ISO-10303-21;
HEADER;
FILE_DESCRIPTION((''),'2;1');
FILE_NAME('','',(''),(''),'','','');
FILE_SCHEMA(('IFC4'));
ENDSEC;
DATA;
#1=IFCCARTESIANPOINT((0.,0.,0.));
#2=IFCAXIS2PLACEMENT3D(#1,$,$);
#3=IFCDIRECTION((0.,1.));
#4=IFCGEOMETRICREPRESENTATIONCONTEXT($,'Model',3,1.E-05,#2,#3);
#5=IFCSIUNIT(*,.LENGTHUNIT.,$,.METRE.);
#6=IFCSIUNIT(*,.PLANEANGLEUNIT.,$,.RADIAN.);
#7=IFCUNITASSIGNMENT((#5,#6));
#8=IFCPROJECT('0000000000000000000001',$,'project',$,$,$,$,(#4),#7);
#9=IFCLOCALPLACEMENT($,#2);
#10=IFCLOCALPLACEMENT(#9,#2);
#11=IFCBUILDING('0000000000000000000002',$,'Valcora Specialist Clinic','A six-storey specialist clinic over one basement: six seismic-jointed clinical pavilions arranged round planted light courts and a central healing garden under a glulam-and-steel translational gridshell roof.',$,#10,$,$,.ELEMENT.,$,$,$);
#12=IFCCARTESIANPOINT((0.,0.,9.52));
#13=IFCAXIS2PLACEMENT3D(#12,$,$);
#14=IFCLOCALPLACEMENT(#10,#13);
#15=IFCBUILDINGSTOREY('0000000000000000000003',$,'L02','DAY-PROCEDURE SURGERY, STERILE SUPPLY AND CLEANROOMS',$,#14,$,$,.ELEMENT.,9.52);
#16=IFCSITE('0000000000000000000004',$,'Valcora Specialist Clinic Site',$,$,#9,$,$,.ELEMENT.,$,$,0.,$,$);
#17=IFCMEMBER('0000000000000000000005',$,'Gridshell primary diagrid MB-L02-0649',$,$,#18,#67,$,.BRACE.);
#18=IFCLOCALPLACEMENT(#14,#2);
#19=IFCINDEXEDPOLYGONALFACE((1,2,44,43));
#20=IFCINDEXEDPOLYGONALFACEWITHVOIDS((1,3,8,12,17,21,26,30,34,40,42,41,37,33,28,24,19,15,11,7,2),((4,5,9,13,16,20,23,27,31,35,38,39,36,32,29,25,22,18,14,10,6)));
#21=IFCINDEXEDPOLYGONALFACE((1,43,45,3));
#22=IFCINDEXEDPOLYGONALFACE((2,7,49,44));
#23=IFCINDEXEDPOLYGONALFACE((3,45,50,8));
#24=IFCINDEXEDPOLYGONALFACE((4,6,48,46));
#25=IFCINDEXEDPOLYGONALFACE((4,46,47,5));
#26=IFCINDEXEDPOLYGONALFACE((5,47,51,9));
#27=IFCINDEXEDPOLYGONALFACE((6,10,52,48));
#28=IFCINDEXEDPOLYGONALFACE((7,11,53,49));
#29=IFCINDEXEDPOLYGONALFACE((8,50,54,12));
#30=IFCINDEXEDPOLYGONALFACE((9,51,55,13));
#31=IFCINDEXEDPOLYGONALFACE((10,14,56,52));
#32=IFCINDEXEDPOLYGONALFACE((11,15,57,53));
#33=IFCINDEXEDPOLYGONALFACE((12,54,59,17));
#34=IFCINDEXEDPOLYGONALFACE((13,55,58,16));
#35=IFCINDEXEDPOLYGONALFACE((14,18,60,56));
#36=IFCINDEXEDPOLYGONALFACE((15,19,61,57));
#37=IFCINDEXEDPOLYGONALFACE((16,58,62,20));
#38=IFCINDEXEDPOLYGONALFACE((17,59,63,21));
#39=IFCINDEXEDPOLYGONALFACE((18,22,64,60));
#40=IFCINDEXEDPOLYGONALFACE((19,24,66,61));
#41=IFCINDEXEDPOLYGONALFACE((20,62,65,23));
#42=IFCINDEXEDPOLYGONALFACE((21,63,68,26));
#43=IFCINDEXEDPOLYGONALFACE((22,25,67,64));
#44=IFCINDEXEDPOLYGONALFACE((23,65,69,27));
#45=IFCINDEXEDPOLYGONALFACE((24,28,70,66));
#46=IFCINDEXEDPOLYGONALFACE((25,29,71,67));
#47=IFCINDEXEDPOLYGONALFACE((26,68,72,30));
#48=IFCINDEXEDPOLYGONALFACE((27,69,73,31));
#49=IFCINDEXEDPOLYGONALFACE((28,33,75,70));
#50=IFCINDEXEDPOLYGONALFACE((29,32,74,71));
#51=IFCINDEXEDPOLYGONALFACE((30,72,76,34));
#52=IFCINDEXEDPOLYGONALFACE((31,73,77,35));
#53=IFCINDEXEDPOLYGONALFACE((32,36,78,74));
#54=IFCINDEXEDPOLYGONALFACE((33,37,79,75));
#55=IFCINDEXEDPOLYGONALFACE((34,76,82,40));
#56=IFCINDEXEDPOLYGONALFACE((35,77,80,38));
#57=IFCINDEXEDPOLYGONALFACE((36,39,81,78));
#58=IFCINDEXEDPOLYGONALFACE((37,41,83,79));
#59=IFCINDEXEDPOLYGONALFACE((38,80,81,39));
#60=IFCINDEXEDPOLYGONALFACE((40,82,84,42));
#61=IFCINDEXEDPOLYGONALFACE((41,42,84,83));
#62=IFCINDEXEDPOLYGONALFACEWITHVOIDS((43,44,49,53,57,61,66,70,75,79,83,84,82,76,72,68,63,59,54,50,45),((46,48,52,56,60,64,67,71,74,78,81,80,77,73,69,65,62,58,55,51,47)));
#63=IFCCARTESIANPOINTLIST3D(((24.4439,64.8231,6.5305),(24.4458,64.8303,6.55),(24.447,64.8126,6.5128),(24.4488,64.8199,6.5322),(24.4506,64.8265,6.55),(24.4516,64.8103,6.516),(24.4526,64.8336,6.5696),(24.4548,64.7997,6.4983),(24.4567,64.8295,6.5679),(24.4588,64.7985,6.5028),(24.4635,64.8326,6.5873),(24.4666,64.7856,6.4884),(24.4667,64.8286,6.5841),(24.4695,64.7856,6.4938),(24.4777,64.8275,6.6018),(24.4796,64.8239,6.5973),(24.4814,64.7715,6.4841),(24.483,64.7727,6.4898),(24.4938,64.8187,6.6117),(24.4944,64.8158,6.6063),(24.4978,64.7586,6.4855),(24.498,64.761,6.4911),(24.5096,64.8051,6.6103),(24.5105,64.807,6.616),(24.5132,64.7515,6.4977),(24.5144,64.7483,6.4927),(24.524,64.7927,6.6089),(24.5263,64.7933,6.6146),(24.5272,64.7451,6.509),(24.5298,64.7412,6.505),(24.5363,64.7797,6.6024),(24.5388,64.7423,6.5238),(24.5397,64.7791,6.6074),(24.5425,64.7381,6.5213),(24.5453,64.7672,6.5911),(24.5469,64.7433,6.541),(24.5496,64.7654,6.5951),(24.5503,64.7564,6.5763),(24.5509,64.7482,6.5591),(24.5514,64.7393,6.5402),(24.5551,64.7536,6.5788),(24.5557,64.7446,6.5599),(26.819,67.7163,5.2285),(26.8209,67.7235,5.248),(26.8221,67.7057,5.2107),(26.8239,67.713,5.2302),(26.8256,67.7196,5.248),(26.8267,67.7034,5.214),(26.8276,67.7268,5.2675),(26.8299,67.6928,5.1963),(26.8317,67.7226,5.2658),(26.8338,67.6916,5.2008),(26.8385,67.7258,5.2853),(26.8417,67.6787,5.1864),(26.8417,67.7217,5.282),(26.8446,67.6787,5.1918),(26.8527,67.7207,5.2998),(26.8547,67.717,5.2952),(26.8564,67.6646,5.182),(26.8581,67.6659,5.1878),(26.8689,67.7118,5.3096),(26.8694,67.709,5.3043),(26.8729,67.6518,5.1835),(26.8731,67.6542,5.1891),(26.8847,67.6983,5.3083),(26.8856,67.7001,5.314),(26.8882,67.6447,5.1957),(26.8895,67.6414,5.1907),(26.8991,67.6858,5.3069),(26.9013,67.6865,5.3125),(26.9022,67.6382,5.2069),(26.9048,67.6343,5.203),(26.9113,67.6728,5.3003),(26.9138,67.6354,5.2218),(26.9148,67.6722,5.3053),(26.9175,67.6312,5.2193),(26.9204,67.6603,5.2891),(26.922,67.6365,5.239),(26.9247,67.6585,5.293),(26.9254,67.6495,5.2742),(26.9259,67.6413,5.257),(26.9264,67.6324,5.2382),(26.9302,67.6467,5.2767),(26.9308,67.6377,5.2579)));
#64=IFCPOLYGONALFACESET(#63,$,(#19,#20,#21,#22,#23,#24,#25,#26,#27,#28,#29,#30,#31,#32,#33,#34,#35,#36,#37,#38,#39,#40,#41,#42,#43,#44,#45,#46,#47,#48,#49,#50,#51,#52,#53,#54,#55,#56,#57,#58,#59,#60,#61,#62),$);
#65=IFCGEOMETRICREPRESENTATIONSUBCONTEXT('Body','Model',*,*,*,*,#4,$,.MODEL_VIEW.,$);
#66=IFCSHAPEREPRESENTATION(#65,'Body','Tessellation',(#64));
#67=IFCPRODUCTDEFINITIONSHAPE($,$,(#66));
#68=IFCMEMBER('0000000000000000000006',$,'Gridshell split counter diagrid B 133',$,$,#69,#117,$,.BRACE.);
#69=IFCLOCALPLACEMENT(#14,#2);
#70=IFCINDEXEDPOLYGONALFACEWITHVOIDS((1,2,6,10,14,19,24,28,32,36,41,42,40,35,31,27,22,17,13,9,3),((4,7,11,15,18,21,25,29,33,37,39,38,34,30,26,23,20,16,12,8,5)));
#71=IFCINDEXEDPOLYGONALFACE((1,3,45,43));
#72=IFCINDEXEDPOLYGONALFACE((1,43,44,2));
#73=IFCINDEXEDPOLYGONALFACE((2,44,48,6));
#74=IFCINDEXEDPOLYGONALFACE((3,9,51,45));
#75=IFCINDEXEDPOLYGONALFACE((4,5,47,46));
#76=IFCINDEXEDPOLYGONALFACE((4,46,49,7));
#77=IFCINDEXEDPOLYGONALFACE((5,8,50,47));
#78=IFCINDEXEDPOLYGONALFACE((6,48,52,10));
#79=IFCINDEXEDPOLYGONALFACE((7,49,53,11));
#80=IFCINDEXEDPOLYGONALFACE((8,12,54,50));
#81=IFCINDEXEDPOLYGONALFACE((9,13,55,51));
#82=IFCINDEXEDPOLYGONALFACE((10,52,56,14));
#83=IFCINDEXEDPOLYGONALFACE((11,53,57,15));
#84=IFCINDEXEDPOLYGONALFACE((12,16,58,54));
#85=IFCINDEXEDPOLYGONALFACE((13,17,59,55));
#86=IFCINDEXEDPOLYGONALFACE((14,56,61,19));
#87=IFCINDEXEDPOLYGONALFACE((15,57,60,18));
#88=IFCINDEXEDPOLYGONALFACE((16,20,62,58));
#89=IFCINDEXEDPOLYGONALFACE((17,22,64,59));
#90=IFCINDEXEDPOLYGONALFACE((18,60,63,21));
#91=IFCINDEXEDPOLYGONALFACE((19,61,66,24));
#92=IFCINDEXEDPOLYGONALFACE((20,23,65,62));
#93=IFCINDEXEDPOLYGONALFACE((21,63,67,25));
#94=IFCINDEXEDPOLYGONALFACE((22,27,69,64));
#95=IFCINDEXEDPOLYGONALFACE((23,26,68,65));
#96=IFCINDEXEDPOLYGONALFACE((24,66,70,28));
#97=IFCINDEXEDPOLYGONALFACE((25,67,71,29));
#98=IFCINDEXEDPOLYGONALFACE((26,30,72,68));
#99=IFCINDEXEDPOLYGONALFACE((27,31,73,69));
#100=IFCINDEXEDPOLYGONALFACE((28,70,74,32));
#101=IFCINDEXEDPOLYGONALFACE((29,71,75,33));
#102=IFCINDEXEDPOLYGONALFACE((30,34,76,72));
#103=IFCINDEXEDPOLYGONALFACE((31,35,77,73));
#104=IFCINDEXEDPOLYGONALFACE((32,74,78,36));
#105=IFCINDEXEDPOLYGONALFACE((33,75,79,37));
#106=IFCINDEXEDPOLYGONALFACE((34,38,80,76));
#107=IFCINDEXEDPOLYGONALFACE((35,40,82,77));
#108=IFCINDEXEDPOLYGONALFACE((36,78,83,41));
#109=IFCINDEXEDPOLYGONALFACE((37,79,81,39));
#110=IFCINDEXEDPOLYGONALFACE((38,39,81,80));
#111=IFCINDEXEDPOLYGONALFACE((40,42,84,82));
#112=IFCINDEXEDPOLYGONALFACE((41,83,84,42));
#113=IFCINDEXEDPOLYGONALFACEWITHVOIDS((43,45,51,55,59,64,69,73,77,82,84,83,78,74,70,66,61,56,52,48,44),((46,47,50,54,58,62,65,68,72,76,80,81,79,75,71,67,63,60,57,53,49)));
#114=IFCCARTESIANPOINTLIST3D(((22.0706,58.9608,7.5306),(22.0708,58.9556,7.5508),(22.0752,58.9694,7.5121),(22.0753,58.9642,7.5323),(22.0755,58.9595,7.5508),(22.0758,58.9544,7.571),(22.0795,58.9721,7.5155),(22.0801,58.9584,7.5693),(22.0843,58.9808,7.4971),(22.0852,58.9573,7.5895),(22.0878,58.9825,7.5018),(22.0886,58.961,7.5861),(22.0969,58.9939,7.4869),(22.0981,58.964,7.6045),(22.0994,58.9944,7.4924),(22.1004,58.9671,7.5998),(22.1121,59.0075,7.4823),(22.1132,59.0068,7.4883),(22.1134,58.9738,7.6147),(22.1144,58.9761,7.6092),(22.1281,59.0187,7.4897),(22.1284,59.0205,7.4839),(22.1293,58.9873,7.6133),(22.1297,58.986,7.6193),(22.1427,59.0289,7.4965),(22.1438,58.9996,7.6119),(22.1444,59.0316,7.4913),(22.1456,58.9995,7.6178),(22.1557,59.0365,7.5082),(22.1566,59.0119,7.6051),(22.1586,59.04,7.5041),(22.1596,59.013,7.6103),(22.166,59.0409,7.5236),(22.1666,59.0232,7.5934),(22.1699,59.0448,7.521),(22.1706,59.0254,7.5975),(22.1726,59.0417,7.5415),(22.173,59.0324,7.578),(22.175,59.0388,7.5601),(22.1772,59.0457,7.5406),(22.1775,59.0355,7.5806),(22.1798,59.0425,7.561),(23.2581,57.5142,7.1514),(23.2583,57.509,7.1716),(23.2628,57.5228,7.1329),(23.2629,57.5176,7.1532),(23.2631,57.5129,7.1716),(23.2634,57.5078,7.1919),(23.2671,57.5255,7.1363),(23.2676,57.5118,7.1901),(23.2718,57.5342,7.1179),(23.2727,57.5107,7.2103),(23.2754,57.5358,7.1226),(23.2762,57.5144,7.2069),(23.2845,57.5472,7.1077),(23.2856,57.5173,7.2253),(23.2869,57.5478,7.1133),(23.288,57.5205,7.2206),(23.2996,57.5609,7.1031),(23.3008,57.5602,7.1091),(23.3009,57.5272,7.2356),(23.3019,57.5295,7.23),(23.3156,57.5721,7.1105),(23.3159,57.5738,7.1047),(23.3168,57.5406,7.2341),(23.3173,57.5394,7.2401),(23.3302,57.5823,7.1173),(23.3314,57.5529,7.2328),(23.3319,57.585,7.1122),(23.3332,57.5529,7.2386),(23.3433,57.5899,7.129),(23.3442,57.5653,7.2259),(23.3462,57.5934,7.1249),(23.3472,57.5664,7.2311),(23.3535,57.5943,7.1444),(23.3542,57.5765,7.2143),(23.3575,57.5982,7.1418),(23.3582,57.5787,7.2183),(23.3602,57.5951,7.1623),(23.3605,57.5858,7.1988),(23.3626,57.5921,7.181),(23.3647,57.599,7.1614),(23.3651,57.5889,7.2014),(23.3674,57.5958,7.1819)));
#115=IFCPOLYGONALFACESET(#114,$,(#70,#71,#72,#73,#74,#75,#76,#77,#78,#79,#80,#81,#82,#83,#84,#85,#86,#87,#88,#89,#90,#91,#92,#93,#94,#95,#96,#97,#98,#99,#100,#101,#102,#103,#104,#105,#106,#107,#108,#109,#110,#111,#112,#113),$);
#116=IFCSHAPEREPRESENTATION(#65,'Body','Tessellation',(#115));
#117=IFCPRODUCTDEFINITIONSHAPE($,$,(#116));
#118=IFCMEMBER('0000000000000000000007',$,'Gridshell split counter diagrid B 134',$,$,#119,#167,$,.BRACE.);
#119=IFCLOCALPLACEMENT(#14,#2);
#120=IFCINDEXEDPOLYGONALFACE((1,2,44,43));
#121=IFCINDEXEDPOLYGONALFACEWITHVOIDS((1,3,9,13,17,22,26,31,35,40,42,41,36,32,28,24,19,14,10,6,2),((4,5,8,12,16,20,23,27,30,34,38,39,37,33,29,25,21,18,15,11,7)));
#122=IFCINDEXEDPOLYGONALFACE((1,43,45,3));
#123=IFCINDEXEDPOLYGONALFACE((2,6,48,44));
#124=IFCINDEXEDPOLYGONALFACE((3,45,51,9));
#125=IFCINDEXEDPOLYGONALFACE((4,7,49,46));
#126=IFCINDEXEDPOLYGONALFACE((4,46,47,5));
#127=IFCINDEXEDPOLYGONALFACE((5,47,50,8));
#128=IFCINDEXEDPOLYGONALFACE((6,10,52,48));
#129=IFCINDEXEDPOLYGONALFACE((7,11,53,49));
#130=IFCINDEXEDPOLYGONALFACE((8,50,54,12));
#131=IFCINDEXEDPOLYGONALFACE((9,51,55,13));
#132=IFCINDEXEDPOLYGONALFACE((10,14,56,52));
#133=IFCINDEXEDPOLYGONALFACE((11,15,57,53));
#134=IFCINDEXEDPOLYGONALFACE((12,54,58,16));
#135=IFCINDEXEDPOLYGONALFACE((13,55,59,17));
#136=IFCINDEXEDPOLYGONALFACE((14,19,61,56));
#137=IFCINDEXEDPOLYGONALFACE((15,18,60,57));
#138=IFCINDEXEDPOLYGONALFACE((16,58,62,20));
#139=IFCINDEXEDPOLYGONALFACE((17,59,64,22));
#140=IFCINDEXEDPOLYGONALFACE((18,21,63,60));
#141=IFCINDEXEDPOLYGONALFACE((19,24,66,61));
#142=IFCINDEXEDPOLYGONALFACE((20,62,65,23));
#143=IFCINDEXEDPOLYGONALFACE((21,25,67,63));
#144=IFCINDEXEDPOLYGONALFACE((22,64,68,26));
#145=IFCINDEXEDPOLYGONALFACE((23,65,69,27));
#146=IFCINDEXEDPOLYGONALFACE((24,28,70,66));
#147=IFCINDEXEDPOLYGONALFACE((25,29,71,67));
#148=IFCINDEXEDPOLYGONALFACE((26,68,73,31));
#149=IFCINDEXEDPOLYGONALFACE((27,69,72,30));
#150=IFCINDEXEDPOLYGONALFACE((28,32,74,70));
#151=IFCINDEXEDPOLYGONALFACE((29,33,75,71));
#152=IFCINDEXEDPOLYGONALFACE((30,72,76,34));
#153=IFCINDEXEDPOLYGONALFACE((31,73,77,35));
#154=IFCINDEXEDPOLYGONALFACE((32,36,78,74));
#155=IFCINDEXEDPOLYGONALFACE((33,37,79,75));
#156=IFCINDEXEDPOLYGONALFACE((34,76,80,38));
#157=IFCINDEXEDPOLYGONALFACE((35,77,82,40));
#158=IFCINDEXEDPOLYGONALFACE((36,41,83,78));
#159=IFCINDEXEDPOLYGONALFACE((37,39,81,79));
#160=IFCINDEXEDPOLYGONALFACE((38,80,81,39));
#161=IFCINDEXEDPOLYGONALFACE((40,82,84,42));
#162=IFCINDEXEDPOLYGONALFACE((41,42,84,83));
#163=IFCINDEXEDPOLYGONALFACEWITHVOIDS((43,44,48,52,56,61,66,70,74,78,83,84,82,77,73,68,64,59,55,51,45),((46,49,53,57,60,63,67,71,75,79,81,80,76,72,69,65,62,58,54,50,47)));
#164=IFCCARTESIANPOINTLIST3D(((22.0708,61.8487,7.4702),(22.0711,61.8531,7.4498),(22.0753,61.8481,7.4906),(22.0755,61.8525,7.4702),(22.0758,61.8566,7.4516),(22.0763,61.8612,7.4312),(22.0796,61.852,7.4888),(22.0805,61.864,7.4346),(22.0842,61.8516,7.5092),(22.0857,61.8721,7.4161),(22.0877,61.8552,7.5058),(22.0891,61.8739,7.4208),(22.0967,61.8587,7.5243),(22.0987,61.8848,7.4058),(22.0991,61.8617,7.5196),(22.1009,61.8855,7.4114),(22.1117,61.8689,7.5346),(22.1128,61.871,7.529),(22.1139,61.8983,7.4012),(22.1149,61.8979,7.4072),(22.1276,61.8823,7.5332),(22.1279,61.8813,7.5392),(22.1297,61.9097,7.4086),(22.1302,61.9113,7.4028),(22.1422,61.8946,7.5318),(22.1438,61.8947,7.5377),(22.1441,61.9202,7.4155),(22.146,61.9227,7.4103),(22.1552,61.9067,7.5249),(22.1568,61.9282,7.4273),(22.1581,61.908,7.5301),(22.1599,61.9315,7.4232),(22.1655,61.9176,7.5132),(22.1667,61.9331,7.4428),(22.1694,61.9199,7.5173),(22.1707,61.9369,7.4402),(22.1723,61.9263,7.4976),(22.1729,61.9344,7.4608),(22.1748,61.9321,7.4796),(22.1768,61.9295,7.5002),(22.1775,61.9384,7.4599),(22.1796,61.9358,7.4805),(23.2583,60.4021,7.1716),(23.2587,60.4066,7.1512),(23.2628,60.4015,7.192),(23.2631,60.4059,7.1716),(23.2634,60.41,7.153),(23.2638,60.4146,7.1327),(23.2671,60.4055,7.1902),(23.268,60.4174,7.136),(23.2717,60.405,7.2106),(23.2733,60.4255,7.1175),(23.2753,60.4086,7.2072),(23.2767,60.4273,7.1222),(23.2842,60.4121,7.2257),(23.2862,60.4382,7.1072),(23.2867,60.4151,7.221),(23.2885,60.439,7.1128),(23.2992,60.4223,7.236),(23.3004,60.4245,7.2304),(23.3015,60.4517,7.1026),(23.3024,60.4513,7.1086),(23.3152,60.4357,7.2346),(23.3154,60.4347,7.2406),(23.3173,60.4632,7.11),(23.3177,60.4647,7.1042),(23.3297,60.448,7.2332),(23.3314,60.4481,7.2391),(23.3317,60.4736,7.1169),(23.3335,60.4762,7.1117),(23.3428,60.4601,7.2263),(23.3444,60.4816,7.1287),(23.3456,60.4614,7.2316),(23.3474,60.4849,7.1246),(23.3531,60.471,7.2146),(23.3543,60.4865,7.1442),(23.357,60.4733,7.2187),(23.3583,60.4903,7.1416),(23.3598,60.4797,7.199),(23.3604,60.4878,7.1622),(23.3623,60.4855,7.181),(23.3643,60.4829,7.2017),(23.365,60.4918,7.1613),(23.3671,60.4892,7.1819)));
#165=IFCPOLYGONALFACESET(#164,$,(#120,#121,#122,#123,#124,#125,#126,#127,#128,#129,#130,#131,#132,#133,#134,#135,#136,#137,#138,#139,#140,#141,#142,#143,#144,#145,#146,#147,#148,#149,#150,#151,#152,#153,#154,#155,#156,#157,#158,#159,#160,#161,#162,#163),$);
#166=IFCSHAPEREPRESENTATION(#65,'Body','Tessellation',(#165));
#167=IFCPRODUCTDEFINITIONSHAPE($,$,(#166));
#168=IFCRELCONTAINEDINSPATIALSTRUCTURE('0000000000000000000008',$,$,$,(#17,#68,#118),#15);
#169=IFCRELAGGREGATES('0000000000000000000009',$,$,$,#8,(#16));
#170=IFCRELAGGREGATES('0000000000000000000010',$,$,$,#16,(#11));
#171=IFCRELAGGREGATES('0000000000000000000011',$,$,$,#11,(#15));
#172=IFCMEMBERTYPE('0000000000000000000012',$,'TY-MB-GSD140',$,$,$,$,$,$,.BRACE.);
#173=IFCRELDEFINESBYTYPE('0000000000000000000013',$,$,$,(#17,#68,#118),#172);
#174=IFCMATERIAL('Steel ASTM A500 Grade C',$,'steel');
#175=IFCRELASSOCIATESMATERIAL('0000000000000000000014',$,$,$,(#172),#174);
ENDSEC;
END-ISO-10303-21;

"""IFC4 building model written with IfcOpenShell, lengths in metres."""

from ifc_helpers import new_model, si_unit, direction, frame, origin, origin_2d, place, context, subcontext, project, spatial, hollow_circle, extrude, material, material_profile, profile_set, type_object, element, save


model = new_model("IFC4")

# Units and contexts
model_context = context("Model", 3, precision=1e-05, world=origin(), true_north=direction((0.0, 1.0)))
body_context = subcontext(model_context, "Body", "Model", "MODEL_VIEW")
ifc_project = project(units=[si_unit("LENGTHUNIT", "METRE"), si_unit("PLANEANGLEUNIT", "RADIAN")], contexts=[model_context])

# Site, building, storey
site_placement = place(None, origin())
site = spatial("IfcSite", under=ifc_project, at=site_placement, Name="Valcora Specialist Clinic Site", CompositionType="ELEMENT", RefElevation=0.0)
building_placement = place(site_placement, origin())
building = spatial("IfcBuilding", under=site, at=building_placement, Name="Valcora Specialist Clinic", Description="A six-storey specialist clinic over one basement: six seismic-jointed clinical pavilions arranged round planted light courts and a central healing garden under a glulam-and-steel translational gridshell roof.", CompositionType="ELEMENT")
storey_placement = place(building_placement, frame((0.0, 0.0, 9.52)))
storey = spatial("IfcBuildingStorey", under=building, at=storey_placement, Name="L02", Description="DAY-PROCEDURE SURGERY, STERILE SUPPLY AND CLEANROOMS", CompositionType="ELEMENT", Elevation=9.52)

# Members
ifc_material_1 = material(Name="Steel ASTM A500 Grade C", Category="steel")
ifc_material_profile_1 = material_profile(ifc_material_1, hollow_circle(Radius=0.0701, WallThickness=0.0061, at=origin_2d()), Name="ST-CHS-140X6")
ifc_profile_set_1 = profile_set([ifc_material_profile_1], Name="Steel ASTM A500 Grade C")
member_type_1 = type_object("IfcMemberType", Name="TY-MB-GSD140", PredefinedType="BRACE", material=ifc_profile_set_1)
member_1_placement = place(storey_placement, frame((24.5, 64.7859, 6.55), z_axis=(0.599288, 0.730012, -0.328536), x_axis=(-0.772916, 0.634508, 0.0)))
element("IfcMember", 1, at=member_1_placement, inside=storey, type_object=member_type_1, Name="Gridshell primary diagrid MB-L02-0649", PredefinedType="BRACE", context=body_context, shape_type="SweptSolid", body=[
    extrude(hollow_circle(Radius=0.0701, WallThickness=0.0061, at=origin_2d()), origin(), (0.0, 0.0, 1.0), 3.9631),
])
member_2_placement = place(storey_placement, frame((23.3125, 57.5535, 7.1716), z_axis=(-0.621875, 0.757527, 0.198555), x_axis=(-0.772916, -0.634508, 0.0)))
element("IfcMember", 2, at=member_2_placement, inside=storey, type_object=member_type_1, Name="Gridshell split counter diagrid B 133", PredefinedType="BRACE", context=body_context, shape_type="SweptSolid", body=[
    extrude(hollow_circle(Radius=0.0701, WallThickness=0.0061, at=origin_2d()), origin(), (0.0, 0.0, 1.0), 1.9097),
])
member_3_placement = place(storey_placement, frame((23.3125, 60.4465, 7.1716), z_axis=(-0.626584, 0.763263, 0.157548), x_axis=(-0.772916, -0.634508, 0.0)))
element("IfcMember", 3, at=member_3_placement, inside=storey, type_object=member_type_1, Name="Gridshell split counter diagrid B 134", PredefinedType="BRACE", context=body_context, shape_type="SweptSolid", body=[
    extrude(hollow_circle(Radius=0.0701, WallThickness=0.0061, at=origin_2d()), origin(), (0.0, 0.0, 1.0), 1.8953),
])

save(model, "model.ifc")
